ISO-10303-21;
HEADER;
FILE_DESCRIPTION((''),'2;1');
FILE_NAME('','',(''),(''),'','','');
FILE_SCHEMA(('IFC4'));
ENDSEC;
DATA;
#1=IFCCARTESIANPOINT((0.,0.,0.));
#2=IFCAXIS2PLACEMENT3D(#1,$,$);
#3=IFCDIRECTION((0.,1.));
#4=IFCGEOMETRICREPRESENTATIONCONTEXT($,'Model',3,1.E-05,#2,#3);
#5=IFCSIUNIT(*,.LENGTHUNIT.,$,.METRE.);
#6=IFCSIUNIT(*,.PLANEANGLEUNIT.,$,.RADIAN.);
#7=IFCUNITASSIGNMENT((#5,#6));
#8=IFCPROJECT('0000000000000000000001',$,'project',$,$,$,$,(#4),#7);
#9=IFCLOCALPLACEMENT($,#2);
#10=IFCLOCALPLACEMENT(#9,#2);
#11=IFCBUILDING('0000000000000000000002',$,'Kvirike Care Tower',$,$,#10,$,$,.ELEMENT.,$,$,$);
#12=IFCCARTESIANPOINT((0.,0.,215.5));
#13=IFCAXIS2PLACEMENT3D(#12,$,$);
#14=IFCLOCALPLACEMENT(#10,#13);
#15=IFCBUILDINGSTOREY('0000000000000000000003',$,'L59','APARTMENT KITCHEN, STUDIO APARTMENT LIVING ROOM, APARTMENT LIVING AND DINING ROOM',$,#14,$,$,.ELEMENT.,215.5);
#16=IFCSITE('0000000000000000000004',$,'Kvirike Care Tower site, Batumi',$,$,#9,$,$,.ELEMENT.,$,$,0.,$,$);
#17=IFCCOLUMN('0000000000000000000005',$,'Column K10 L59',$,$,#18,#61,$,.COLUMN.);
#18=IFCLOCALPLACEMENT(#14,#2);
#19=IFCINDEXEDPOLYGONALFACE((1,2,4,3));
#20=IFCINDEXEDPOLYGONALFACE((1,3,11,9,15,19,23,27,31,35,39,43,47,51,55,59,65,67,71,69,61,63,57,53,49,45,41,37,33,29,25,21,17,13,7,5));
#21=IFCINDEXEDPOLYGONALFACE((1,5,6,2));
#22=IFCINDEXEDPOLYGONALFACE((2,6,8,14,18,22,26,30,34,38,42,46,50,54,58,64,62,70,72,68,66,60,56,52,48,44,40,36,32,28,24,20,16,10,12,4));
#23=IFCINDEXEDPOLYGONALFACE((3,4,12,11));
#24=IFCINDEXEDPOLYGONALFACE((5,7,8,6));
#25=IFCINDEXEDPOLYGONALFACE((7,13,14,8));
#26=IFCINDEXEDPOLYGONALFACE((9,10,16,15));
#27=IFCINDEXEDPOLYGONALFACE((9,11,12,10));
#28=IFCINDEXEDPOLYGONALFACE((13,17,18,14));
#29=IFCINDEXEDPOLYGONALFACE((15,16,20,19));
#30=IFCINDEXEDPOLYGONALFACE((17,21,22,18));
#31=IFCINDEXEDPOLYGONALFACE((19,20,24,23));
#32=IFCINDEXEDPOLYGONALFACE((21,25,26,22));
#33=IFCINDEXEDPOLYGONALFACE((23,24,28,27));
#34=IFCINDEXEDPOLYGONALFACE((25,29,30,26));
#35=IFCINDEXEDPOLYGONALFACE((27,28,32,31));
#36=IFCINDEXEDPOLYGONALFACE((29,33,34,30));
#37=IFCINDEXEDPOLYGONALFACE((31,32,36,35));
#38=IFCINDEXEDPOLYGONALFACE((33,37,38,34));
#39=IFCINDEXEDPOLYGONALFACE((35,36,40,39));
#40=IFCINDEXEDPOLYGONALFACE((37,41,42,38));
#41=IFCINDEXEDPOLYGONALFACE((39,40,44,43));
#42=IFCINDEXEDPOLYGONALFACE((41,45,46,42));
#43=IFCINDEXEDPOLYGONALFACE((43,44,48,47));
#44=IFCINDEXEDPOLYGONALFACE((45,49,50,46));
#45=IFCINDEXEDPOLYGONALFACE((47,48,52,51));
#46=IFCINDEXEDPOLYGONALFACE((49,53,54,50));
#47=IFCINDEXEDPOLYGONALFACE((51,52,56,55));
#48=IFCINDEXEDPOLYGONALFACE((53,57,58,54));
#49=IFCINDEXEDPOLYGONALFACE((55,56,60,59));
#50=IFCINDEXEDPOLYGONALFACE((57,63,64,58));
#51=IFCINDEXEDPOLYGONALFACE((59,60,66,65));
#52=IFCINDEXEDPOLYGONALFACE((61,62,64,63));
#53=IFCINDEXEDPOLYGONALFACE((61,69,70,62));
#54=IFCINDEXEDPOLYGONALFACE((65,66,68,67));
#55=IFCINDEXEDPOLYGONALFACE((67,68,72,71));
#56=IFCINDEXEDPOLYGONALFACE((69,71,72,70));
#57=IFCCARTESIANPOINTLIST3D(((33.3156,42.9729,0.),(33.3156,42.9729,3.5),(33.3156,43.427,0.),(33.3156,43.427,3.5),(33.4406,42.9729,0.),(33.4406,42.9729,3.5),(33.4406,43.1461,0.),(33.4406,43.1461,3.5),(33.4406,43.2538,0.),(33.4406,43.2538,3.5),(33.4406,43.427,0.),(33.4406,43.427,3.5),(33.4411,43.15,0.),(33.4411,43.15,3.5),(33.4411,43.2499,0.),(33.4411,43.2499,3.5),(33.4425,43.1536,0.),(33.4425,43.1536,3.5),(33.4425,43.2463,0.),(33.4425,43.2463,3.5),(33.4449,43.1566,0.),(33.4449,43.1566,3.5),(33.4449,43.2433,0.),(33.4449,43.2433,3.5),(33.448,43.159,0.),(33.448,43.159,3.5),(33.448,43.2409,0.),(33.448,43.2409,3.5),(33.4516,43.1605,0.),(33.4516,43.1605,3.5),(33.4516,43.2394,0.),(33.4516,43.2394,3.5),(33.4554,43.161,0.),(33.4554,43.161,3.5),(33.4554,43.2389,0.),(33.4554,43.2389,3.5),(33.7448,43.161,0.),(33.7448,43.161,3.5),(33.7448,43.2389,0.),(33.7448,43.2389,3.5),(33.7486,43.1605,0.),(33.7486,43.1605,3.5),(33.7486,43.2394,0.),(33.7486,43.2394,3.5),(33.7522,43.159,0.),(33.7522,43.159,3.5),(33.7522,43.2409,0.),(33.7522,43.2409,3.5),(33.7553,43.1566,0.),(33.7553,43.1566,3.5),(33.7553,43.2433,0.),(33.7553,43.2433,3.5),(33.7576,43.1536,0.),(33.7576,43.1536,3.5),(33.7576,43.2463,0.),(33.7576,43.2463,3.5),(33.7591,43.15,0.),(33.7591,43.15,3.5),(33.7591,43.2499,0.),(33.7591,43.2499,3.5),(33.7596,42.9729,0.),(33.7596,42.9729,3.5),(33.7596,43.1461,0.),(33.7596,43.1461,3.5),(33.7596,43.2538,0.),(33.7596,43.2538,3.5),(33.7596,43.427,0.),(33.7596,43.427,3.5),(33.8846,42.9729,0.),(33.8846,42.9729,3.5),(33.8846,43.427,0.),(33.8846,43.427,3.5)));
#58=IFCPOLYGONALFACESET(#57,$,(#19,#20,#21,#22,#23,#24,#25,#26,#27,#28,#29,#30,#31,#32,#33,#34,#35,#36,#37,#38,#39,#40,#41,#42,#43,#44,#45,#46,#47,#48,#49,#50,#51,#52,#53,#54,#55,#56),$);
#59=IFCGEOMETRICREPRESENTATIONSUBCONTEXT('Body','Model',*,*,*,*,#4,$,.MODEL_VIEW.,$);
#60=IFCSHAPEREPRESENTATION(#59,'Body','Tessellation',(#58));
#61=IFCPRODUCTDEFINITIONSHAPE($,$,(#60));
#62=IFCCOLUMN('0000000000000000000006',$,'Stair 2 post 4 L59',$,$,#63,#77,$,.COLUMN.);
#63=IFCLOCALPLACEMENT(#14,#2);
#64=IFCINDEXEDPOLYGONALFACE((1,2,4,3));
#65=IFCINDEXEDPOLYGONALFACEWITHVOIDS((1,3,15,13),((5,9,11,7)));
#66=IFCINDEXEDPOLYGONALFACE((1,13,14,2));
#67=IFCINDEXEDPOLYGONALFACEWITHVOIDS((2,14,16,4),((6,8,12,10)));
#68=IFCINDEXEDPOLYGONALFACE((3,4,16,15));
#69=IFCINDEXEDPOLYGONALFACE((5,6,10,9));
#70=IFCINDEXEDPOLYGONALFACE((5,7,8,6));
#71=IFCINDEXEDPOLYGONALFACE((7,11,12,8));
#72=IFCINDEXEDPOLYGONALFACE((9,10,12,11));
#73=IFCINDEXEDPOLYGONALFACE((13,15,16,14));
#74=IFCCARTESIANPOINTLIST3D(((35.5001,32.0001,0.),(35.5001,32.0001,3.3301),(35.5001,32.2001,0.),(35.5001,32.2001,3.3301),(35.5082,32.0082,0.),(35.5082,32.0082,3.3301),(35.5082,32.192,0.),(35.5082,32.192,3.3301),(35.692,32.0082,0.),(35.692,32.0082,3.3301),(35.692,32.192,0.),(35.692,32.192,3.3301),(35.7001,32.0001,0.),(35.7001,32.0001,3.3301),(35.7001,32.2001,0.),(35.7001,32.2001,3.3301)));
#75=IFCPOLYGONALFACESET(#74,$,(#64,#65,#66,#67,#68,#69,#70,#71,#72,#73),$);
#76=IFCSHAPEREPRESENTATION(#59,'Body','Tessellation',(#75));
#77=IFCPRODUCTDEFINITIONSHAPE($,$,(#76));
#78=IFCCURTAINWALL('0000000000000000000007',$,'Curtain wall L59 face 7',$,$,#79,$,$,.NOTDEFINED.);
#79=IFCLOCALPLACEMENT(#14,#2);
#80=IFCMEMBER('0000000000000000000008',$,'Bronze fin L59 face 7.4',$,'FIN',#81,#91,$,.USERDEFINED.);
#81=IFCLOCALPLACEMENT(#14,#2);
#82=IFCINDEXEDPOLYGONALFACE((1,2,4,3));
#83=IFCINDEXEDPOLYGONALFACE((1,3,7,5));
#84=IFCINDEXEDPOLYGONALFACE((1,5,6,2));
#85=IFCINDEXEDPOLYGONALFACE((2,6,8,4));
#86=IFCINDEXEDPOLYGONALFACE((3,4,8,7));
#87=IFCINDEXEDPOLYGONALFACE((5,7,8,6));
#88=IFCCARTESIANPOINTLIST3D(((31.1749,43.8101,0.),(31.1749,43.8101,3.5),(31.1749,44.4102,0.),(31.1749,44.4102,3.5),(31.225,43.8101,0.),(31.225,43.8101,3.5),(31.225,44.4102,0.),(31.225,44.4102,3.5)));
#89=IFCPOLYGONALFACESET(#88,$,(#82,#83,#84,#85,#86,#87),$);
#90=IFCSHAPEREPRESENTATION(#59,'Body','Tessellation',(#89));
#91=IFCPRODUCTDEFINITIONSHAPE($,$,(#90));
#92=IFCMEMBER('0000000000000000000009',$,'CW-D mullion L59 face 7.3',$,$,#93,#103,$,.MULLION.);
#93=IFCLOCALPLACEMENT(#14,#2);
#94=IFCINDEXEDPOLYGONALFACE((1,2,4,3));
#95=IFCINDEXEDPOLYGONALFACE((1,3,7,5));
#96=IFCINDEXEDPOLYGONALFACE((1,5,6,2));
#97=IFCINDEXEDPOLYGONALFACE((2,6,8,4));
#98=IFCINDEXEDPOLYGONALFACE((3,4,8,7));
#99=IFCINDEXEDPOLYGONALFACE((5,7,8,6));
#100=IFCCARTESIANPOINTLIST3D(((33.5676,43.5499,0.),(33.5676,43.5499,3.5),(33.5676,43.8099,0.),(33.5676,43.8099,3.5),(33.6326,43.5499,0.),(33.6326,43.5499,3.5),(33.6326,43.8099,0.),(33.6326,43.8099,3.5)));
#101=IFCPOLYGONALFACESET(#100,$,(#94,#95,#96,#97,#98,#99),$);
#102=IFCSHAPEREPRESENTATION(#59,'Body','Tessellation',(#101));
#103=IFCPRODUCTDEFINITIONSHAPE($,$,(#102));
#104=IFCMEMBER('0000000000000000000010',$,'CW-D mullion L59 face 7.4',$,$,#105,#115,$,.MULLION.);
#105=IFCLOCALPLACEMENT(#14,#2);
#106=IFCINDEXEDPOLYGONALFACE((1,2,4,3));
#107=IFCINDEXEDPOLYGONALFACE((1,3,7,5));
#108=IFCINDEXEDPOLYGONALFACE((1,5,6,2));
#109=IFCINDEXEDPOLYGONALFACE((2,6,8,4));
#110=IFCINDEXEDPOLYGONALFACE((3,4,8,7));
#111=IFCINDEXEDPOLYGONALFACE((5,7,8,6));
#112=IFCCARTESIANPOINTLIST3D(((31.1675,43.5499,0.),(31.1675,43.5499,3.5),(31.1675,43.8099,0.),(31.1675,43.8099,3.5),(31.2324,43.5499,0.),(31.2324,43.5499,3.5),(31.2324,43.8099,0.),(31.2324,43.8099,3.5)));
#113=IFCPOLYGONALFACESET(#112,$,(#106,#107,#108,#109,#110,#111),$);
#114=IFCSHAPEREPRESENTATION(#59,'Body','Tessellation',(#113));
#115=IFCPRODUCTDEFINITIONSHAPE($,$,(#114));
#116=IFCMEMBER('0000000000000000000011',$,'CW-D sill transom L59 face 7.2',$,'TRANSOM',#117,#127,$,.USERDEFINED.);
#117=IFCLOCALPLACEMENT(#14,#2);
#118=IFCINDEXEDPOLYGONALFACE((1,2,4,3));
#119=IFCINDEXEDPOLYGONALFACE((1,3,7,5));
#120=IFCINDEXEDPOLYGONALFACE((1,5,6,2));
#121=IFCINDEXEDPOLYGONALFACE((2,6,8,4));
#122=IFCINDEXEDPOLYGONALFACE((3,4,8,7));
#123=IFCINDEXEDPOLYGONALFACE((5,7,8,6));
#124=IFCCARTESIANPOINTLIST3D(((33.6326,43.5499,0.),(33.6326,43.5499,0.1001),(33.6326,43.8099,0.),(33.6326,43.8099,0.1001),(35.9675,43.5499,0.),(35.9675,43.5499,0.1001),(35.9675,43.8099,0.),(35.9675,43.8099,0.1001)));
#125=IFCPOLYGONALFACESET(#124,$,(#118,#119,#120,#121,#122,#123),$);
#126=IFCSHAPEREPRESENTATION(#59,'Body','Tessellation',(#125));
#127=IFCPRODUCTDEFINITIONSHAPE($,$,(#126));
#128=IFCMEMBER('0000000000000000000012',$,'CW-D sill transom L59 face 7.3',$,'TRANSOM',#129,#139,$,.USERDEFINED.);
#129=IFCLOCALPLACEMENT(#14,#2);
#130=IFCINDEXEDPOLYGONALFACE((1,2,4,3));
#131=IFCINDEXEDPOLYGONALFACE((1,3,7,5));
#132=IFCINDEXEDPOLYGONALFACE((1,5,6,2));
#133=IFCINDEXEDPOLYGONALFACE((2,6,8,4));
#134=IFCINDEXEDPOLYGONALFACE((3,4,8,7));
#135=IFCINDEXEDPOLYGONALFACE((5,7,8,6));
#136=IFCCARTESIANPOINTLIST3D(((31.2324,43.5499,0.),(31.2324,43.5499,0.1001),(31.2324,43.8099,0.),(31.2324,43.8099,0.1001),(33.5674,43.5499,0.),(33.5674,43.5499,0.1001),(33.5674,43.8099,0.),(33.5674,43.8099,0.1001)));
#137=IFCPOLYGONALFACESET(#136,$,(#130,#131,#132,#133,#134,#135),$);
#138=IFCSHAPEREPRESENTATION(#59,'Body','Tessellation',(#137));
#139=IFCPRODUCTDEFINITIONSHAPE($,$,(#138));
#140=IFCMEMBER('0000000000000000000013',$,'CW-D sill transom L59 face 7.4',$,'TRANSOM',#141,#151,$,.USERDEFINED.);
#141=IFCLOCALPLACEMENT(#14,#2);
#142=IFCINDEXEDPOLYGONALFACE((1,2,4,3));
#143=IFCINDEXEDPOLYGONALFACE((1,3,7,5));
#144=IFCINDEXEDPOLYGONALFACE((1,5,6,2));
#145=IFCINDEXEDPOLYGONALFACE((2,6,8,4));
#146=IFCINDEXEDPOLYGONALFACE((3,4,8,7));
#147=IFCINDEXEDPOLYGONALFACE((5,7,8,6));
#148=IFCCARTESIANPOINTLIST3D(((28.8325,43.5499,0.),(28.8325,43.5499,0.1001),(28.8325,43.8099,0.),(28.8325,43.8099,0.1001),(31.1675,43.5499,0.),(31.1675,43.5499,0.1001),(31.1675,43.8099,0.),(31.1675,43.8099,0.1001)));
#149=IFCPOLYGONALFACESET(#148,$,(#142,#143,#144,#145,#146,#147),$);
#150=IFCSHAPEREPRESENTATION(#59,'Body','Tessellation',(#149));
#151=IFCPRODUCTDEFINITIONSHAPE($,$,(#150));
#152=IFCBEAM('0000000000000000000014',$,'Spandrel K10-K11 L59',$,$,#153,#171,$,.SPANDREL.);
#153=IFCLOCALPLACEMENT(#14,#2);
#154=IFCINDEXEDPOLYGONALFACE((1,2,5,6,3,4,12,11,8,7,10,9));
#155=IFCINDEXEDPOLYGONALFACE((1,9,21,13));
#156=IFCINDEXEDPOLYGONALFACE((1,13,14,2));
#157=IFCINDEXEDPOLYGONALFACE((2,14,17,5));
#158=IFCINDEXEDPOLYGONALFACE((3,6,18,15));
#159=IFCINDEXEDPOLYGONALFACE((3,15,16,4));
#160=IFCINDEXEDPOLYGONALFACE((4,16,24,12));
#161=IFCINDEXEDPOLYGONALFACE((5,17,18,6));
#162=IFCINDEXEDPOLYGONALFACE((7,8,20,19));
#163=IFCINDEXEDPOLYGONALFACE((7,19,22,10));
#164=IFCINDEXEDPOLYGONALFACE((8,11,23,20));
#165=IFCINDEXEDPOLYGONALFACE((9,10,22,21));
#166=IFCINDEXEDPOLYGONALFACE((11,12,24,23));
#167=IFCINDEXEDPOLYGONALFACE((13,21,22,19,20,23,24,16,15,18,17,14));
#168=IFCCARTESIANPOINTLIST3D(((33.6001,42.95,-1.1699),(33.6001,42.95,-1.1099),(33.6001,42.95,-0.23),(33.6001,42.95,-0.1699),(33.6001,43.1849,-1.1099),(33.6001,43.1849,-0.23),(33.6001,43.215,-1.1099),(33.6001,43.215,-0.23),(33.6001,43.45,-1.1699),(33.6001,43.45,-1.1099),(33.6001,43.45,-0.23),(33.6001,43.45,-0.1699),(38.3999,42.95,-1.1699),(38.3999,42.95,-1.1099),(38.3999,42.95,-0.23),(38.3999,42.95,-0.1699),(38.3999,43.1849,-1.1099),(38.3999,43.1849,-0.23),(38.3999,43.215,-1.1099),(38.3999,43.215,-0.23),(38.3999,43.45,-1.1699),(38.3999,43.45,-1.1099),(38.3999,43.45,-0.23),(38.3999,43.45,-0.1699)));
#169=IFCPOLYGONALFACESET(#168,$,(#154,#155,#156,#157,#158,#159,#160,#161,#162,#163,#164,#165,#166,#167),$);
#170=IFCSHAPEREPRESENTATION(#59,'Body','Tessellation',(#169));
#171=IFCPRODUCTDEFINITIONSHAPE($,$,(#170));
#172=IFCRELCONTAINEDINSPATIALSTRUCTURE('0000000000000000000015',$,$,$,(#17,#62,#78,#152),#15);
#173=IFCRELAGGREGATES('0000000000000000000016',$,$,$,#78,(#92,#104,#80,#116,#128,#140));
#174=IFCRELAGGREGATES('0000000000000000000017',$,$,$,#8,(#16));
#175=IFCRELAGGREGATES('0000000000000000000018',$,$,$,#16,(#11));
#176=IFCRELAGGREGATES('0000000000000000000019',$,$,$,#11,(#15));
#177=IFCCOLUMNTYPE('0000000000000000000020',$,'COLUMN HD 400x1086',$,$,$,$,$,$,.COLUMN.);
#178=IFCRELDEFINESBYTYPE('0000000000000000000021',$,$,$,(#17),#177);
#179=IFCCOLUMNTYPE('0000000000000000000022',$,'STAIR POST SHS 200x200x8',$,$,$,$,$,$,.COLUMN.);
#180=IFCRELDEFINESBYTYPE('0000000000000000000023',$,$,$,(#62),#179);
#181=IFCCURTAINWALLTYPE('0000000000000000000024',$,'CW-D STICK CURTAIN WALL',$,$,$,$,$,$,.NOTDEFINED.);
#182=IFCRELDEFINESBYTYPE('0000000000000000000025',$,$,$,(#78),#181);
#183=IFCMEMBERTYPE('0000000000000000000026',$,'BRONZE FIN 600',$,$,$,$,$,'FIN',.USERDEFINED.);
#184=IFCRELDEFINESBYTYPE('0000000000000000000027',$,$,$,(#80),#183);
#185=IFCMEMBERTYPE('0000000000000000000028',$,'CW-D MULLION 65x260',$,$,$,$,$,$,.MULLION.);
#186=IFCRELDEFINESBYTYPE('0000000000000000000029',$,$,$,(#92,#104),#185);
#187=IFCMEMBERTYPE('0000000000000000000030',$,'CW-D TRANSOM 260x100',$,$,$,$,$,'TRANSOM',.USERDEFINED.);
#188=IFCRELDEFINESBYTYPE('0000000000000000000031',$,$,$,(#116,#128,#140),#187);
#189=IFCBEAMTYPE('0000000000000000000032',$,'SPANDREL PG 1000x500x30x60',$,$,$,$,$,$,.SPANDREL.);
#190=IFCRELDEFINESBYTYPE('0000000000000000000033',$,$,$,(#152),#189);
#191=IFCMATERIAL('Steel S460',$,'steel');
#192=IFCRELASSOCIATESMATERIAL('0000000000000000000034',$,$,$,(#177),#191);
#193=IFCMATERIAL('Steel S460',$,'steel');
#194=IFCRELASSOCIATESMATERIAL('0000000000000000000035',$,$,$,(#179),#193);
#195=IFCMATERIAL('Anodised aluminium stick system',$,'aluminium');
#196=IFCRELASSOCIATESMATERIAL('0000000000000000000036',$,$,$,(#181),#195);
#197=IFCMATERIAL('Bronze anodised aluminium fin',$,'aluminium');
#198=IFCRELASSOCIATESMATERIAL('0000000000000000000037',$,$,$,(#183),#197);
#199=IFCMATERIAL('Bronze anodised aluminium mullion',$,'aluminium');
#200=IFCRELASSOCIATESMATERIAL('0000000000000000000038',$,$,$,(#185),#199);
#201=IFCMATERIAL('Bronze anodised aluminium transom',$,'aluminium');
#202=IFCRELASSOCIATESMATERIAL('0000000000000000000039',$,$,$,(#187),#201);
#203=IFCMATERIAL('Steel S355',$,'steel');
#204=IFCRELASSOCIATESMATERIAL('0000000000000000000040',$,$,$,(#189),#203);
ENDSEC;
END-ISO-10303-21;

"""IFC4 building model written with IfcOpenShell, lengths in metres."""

from ifc_helpers import new_model, si_unit, direction, frame, origin, origin_2d, place, context, subcontext, project, spatial, rectangle, hollow_rectangle, i_section, extrude, material, material_profile, profile_set, type_object, element, aggregate, save


model = new_model("IFC4")

# Units and contexts
model_context = context("Model", 3, precision=1e-05, world=origin(), true_north=direction((0.0, 1.0)))
body_context = subcontext(model_context, "Body", "Model", "MODEL_VIEW")
ifc_project = project(units=[si_unit("LENGTHUNIT", "METRE"), si_unit("PLANEANGLEUNIT", "RADIAN")], contexts=[model_context])

# Site, building, storey
site_placement = place(None, origin())
site = spatial("IfcSite", under=ifc_project, at=site_placement, Name="Kvirike Care Tower site, Batumi", CompositionType="ELEMENT", RefElevation=0.0)
building_placement = place(site_placement, origin())
building = spatial("IfcBuilding", under=site, at=building_placement, Name="Kvirike Care Tower", CompositionType="ELEMENT")
storey_placement = place(building_placement, frame((0.0, 0.0, 215.5)))
storey = spatial("IfcBuildingStorey", under=building, at=storey_placement, Name="L59", Description="APARTMENT KITCHEN, STUDIO APARTMENT LIVING ROOM, APARTMENT LIVING AND DINING ROOM", CompositionType="ELEMENT", Elevation=215.5)

# Columns
ifc_material_1 = material(Name="Steel S460", Category="steel")
ifc_material_profile_1 = material_profile(ifc_material_1, i_section(OverallWidth=0.4541, OverallDepth=0.5691, WebThickness=0.0779, FlangeThickness=0.125, FilletRadius=0.0149, at=origin_2d()), Name="HD 400x1086")
ifc_profile_set_1 = profile_set([ifc_material_profile_1], Name="Steel S460")
column_type_1 = type_object("IfcColumnType", Name="COLUMN HD 400x1086", PredefinedType="COLUMN", material=ifc_profile_set_1)
column_1_placement = place(storey_placement, frame((33.6001, 43.2, 0.0), z_axis=(0.0, 0.0, 1.0), x_axis=(0.0, 1.0, 0.0)))
element("IfcColumn", 1, at=column_1_placement, inside=storey, type_object=column_type_1, Name="Column K10 L59", PredefinedType="COLUMN", context=body_context, shape_type="SweptSolid", body=[
    extrude(i_section(OverallWidth=0.4541, OverallDepth=0.5691, WebThickness=0.0779, FlangeThickness=0.125, FilletRadius=0.0149, at=origin_2d()), origin(), (0.0, 0.0, 1.0), 3.5),
])
ifc_material_2 = material(Name="Steel S460", Category="steel")
ifc_material_profile_2 = material_profile(ifc_material_2, hollow_rectangle(XDim=0.2, YDim=0.2, WallThickness=0.0081, at=origin_2d()), Name="SHS 200x200x8")
ifc_profile_set_2 = profile_set([ifc_material_profile_2], Name="Steel S460")
column_type_2 = type_object("IfcColumnType", Name="STAIR POST SHS 200x200x8", PredefinedType="COLUMN", material=ifc_profile_set_2)
column_2_placement = place(storey_placement, frame((35.6001, 32.1001, 0.0), z_axis=(0.0, 0.0, 1.0), x_axis=(1.0, 0.0, 0.0)))
element("IfcColumn", 2, at=column_2_placement, inside=storey, type_object=column_type_2, Name="Stair 2 post 4 L59", PredefinedType="COLUMN", context=body_context, shape_type="SweptSolid", body=[
    extrude(hollow_rectangle(XDim=0.2, YDim=0.2, WallThickness=0.0081, at=origin_2d()), origin(), (0.0, 0.0, 1.0), 3.3301),
])

# Curtain wall, members
ifc_material_3 = material(Name="Anodised aluminium stick system", Category="aluminium")
curtain_wall_type = type_object("IfcCurtainWallType", Name="CW-D STICK CURTAIN WALL", PredefinedType="NOTDEFINED", material=ifc_material_3)
curtain_wall_placement = place(storey_placement, origin())
curtain_wall = element("IfcCurtainWall", 3, at=curtain_wall_placement, inside=storey, type_object=curtain_wall_type, Name="Curtain wall L59 face 7", PredefinedType="NOTDEFINED")
ifc_material_4 = material(Name="Bronze anodised aluminium fin", Category="aluminium")
ifc_material_profile_3 = material_profile(ifc_material_4, rectangle(XDim=0.05, YDim=0.6001, at=origin_2d()), Name="BRONZE FIN 600")
ifc_profile_set_3 = profile_set([ifc_material_profile_3], Name="Bronze anodised aluminium fin")
member_type_1 = type_object("IfcMemberType", Name="BRONZE FIN 600", ElementType="FIN", PredefinedType="USERDEFINED", material=ifc_profile_set_3)
member_1_placement = place(storey_placement, frame((31.2, 44.1101, 0.0), z_axis=(0.0, 0.0, 1.0), x_axis=(-1.0, 0.0, 0.0)))
member_1 = element("IfcMember", 4, at=member_1_placement, type_object=member_type_1, Name="Bronze fin L59 face 7.4", ObjectType="FIN", PredefinedType="USERDEFINED", context=body_context, shape_type="SweptSolid", body=[
    extrude(rectangle(XDim=0.05, YDim=0.6001, at=origin_2d()), origin(), (0.0, 0.0, 1.0), 3.5),
])
ifc_material_5 = material(Name="Bronze anodised aluminium mullion", Category="aluminium")
ifc_material_profile_4 = material_profile(ifc_material_5, rectangle(XDim=0.0649, YDim=0.26, at=origin_2d()), Name="CW-D MULLION 65x260")
ifc_profile_set_4 = profile_set([ifc_material_profile_4], Name="Bronze anodised aluminium mullion")
member_type_2 = type_object("IfcMemberType", Name="CW-D MULLION 65x260", PredefinedType="MULLION", material=ifc_profile_set_4)
member_2_placement = place(storey_placement, frame((33.6001, 43.6799, 0.0), z_axis=(0.0, 0.0, 1.0), x_axis=(-1.0, 0.0, 0.0)))
member_2 = element("IfcMember", 5, at=member_2_placement, type_object=member_type_2, Name="CW-D mullion L59 face 7.3", PredefinedType="MULLION", context=body_context, shape_type="SweptSolid", body=[
    extrude(rectangle(XDim=0.0649, YDim=0.26, at=origin_2d()), origin(), (0.0, 0.0, 1.0), 3.5),
])
member_3_placement = place(storey_placement, frame((31.2, 43.6799, 0.0), z_axis=(0.0, 0.0, 1.0), x_axis=(-1.0, 0.0, 0.0)))
member_3 = element("IfcMember", 6, at=member_3_placement, type_object=member_type_2, Name="CW-D mullion L59 face 7.4", PredefinedType="MULLION", context=body_context, shape_type="SweptSolid", body=[
    extrude(rectangle(XDim=0.0649, YDim=0.26, at=origin_2d()), origin(), (0.0, 0.0, 1.0), 3.5),
])
ifc_material_6 = material(Name="Bronze anodised aluminium transom", Category="aluminium")
ifc_material_profile_5 = material_profile(ifc_material_6, rectangle(XDim=0.26, YDim=0.1001, at=origin_2d()), Name="CW-D TRANSOM 260x100")
ifc_profile_set_5 = profile_set([ifc_material_profile_5], Name="Bronze anodised aluminium transom")
member_type_3 = type_object("IfcMemberType", Name="CW-D TRANSOM 260x100", ElementType="TRANSOM", PredefinedType="USERDEFINED", material=ifc_profile_set_5)
member_4_placement = place(storey_placement, frame((35.9675, 43.6799, 0.05), z_axis=(-1.0, 0.0, 0.0), x_axis=(0.0, -1.0, 0.0)))
member_4 = element("IfcMember", 7, at=member_4_placement, type_object=member_type_3, Name="CW-D sill transom L59 face 7.2", ObjectType="TRANSOM", PredefinedType="USERDEFINED", context=body_context, shape_type="SweptSolid", body=[
    extrude(rectangle(XDim=0.26, YDim=0.1001, at=origin_2d()), origin(), (0.0, 0.0, 1.0), 2.335),
])
member_5_placement = place(storey_placement, frame((33.5674, 43.6799, 0.05), z_axis=(-1.0, 0.0, 0.0), x_axis=(0.0, -1.0, 0.0)))
member_5 = element("IfcMember", 8, at=member_5_placement, type_object=member_type_3, Name="CW-D sill transom L59 face 7.3", ObjectType="TRANSOM", PredefinedType="USERDEFINED", context=body_context, shape_type="SweptSolid", body=[
    extrude(rectangle(XDim=0.26, YDim=0.1001, at=origin_2d()), origin(), (0.0, 0.0, 1.0), 2.335),
])
member_6_placement = place(storey_placement, frame((31.1675, 43.6799, 0.05), z_axis=(-1.0, 0.0, 0.0), x_axis=(0.0, -1.0, 0.0)))
member_6 = element("IfcMember", 9, at=member_6_placement, type_object=member_type_3, Name="CW-D sill transom L59 face 7.4", ObjectType="TRANSOM", PredefinedType="USERDEFINED", context=body_context, shape_type="SweptSolid", body=[
    extrude(rectangle(XDim=0.26, YDim=0.1001, at=origin_2d()), origin(), (0.0, 0.0, 1.0), 2.335),
])

# Beam
ifc_material_7 = material(Name="Steel S355", Category="steel")
ifc_material_profile_6 = material_profile(ifc_material_7, i_section(OverallWidth=0.5, OverallDepth=1.0, WebThickness=0.03, FlangeThickness=0.0601, at=origin_2d()), Name="PG 1000x500x30x60")
ifc_profile_set_6 = profile_set([ifc_material_profile_6], Name="Steel S355")
beam_type = type_object("IfcBeamType", Name="SPANDREL PG 1000x500x30x60", PredefinedType="SPANDREL", material=ifc_profile_set_6)
beam_placement = place(storey_placement, frame((33.6001, 43.2, -0.6699), z_axis=(1.0, 0.0, 0.0), x_axis=(0.0, 1.0, 0.0)))
element("IfcBeam", 10, at=beam_placement, inside=storey, type_object=beam_type, Name="Spandrel K10-K11 L59", PredefinedType="SPANDREL", context=body_context, shape_type="SweptSolid", body=[
    extrude(i_section(OverallWidth=0.5, OverallDepth=1.0, WebThickness=0.03, FlangeThickness=0.0601, at=origin_2d()), origin(), (0.0, 0.0, 1.0), 4.7998),
])

aggregate(curtain_wall, [member_2, member_3, member_1, member_4, member_5, member_6])

save(model, "model.ifc")
